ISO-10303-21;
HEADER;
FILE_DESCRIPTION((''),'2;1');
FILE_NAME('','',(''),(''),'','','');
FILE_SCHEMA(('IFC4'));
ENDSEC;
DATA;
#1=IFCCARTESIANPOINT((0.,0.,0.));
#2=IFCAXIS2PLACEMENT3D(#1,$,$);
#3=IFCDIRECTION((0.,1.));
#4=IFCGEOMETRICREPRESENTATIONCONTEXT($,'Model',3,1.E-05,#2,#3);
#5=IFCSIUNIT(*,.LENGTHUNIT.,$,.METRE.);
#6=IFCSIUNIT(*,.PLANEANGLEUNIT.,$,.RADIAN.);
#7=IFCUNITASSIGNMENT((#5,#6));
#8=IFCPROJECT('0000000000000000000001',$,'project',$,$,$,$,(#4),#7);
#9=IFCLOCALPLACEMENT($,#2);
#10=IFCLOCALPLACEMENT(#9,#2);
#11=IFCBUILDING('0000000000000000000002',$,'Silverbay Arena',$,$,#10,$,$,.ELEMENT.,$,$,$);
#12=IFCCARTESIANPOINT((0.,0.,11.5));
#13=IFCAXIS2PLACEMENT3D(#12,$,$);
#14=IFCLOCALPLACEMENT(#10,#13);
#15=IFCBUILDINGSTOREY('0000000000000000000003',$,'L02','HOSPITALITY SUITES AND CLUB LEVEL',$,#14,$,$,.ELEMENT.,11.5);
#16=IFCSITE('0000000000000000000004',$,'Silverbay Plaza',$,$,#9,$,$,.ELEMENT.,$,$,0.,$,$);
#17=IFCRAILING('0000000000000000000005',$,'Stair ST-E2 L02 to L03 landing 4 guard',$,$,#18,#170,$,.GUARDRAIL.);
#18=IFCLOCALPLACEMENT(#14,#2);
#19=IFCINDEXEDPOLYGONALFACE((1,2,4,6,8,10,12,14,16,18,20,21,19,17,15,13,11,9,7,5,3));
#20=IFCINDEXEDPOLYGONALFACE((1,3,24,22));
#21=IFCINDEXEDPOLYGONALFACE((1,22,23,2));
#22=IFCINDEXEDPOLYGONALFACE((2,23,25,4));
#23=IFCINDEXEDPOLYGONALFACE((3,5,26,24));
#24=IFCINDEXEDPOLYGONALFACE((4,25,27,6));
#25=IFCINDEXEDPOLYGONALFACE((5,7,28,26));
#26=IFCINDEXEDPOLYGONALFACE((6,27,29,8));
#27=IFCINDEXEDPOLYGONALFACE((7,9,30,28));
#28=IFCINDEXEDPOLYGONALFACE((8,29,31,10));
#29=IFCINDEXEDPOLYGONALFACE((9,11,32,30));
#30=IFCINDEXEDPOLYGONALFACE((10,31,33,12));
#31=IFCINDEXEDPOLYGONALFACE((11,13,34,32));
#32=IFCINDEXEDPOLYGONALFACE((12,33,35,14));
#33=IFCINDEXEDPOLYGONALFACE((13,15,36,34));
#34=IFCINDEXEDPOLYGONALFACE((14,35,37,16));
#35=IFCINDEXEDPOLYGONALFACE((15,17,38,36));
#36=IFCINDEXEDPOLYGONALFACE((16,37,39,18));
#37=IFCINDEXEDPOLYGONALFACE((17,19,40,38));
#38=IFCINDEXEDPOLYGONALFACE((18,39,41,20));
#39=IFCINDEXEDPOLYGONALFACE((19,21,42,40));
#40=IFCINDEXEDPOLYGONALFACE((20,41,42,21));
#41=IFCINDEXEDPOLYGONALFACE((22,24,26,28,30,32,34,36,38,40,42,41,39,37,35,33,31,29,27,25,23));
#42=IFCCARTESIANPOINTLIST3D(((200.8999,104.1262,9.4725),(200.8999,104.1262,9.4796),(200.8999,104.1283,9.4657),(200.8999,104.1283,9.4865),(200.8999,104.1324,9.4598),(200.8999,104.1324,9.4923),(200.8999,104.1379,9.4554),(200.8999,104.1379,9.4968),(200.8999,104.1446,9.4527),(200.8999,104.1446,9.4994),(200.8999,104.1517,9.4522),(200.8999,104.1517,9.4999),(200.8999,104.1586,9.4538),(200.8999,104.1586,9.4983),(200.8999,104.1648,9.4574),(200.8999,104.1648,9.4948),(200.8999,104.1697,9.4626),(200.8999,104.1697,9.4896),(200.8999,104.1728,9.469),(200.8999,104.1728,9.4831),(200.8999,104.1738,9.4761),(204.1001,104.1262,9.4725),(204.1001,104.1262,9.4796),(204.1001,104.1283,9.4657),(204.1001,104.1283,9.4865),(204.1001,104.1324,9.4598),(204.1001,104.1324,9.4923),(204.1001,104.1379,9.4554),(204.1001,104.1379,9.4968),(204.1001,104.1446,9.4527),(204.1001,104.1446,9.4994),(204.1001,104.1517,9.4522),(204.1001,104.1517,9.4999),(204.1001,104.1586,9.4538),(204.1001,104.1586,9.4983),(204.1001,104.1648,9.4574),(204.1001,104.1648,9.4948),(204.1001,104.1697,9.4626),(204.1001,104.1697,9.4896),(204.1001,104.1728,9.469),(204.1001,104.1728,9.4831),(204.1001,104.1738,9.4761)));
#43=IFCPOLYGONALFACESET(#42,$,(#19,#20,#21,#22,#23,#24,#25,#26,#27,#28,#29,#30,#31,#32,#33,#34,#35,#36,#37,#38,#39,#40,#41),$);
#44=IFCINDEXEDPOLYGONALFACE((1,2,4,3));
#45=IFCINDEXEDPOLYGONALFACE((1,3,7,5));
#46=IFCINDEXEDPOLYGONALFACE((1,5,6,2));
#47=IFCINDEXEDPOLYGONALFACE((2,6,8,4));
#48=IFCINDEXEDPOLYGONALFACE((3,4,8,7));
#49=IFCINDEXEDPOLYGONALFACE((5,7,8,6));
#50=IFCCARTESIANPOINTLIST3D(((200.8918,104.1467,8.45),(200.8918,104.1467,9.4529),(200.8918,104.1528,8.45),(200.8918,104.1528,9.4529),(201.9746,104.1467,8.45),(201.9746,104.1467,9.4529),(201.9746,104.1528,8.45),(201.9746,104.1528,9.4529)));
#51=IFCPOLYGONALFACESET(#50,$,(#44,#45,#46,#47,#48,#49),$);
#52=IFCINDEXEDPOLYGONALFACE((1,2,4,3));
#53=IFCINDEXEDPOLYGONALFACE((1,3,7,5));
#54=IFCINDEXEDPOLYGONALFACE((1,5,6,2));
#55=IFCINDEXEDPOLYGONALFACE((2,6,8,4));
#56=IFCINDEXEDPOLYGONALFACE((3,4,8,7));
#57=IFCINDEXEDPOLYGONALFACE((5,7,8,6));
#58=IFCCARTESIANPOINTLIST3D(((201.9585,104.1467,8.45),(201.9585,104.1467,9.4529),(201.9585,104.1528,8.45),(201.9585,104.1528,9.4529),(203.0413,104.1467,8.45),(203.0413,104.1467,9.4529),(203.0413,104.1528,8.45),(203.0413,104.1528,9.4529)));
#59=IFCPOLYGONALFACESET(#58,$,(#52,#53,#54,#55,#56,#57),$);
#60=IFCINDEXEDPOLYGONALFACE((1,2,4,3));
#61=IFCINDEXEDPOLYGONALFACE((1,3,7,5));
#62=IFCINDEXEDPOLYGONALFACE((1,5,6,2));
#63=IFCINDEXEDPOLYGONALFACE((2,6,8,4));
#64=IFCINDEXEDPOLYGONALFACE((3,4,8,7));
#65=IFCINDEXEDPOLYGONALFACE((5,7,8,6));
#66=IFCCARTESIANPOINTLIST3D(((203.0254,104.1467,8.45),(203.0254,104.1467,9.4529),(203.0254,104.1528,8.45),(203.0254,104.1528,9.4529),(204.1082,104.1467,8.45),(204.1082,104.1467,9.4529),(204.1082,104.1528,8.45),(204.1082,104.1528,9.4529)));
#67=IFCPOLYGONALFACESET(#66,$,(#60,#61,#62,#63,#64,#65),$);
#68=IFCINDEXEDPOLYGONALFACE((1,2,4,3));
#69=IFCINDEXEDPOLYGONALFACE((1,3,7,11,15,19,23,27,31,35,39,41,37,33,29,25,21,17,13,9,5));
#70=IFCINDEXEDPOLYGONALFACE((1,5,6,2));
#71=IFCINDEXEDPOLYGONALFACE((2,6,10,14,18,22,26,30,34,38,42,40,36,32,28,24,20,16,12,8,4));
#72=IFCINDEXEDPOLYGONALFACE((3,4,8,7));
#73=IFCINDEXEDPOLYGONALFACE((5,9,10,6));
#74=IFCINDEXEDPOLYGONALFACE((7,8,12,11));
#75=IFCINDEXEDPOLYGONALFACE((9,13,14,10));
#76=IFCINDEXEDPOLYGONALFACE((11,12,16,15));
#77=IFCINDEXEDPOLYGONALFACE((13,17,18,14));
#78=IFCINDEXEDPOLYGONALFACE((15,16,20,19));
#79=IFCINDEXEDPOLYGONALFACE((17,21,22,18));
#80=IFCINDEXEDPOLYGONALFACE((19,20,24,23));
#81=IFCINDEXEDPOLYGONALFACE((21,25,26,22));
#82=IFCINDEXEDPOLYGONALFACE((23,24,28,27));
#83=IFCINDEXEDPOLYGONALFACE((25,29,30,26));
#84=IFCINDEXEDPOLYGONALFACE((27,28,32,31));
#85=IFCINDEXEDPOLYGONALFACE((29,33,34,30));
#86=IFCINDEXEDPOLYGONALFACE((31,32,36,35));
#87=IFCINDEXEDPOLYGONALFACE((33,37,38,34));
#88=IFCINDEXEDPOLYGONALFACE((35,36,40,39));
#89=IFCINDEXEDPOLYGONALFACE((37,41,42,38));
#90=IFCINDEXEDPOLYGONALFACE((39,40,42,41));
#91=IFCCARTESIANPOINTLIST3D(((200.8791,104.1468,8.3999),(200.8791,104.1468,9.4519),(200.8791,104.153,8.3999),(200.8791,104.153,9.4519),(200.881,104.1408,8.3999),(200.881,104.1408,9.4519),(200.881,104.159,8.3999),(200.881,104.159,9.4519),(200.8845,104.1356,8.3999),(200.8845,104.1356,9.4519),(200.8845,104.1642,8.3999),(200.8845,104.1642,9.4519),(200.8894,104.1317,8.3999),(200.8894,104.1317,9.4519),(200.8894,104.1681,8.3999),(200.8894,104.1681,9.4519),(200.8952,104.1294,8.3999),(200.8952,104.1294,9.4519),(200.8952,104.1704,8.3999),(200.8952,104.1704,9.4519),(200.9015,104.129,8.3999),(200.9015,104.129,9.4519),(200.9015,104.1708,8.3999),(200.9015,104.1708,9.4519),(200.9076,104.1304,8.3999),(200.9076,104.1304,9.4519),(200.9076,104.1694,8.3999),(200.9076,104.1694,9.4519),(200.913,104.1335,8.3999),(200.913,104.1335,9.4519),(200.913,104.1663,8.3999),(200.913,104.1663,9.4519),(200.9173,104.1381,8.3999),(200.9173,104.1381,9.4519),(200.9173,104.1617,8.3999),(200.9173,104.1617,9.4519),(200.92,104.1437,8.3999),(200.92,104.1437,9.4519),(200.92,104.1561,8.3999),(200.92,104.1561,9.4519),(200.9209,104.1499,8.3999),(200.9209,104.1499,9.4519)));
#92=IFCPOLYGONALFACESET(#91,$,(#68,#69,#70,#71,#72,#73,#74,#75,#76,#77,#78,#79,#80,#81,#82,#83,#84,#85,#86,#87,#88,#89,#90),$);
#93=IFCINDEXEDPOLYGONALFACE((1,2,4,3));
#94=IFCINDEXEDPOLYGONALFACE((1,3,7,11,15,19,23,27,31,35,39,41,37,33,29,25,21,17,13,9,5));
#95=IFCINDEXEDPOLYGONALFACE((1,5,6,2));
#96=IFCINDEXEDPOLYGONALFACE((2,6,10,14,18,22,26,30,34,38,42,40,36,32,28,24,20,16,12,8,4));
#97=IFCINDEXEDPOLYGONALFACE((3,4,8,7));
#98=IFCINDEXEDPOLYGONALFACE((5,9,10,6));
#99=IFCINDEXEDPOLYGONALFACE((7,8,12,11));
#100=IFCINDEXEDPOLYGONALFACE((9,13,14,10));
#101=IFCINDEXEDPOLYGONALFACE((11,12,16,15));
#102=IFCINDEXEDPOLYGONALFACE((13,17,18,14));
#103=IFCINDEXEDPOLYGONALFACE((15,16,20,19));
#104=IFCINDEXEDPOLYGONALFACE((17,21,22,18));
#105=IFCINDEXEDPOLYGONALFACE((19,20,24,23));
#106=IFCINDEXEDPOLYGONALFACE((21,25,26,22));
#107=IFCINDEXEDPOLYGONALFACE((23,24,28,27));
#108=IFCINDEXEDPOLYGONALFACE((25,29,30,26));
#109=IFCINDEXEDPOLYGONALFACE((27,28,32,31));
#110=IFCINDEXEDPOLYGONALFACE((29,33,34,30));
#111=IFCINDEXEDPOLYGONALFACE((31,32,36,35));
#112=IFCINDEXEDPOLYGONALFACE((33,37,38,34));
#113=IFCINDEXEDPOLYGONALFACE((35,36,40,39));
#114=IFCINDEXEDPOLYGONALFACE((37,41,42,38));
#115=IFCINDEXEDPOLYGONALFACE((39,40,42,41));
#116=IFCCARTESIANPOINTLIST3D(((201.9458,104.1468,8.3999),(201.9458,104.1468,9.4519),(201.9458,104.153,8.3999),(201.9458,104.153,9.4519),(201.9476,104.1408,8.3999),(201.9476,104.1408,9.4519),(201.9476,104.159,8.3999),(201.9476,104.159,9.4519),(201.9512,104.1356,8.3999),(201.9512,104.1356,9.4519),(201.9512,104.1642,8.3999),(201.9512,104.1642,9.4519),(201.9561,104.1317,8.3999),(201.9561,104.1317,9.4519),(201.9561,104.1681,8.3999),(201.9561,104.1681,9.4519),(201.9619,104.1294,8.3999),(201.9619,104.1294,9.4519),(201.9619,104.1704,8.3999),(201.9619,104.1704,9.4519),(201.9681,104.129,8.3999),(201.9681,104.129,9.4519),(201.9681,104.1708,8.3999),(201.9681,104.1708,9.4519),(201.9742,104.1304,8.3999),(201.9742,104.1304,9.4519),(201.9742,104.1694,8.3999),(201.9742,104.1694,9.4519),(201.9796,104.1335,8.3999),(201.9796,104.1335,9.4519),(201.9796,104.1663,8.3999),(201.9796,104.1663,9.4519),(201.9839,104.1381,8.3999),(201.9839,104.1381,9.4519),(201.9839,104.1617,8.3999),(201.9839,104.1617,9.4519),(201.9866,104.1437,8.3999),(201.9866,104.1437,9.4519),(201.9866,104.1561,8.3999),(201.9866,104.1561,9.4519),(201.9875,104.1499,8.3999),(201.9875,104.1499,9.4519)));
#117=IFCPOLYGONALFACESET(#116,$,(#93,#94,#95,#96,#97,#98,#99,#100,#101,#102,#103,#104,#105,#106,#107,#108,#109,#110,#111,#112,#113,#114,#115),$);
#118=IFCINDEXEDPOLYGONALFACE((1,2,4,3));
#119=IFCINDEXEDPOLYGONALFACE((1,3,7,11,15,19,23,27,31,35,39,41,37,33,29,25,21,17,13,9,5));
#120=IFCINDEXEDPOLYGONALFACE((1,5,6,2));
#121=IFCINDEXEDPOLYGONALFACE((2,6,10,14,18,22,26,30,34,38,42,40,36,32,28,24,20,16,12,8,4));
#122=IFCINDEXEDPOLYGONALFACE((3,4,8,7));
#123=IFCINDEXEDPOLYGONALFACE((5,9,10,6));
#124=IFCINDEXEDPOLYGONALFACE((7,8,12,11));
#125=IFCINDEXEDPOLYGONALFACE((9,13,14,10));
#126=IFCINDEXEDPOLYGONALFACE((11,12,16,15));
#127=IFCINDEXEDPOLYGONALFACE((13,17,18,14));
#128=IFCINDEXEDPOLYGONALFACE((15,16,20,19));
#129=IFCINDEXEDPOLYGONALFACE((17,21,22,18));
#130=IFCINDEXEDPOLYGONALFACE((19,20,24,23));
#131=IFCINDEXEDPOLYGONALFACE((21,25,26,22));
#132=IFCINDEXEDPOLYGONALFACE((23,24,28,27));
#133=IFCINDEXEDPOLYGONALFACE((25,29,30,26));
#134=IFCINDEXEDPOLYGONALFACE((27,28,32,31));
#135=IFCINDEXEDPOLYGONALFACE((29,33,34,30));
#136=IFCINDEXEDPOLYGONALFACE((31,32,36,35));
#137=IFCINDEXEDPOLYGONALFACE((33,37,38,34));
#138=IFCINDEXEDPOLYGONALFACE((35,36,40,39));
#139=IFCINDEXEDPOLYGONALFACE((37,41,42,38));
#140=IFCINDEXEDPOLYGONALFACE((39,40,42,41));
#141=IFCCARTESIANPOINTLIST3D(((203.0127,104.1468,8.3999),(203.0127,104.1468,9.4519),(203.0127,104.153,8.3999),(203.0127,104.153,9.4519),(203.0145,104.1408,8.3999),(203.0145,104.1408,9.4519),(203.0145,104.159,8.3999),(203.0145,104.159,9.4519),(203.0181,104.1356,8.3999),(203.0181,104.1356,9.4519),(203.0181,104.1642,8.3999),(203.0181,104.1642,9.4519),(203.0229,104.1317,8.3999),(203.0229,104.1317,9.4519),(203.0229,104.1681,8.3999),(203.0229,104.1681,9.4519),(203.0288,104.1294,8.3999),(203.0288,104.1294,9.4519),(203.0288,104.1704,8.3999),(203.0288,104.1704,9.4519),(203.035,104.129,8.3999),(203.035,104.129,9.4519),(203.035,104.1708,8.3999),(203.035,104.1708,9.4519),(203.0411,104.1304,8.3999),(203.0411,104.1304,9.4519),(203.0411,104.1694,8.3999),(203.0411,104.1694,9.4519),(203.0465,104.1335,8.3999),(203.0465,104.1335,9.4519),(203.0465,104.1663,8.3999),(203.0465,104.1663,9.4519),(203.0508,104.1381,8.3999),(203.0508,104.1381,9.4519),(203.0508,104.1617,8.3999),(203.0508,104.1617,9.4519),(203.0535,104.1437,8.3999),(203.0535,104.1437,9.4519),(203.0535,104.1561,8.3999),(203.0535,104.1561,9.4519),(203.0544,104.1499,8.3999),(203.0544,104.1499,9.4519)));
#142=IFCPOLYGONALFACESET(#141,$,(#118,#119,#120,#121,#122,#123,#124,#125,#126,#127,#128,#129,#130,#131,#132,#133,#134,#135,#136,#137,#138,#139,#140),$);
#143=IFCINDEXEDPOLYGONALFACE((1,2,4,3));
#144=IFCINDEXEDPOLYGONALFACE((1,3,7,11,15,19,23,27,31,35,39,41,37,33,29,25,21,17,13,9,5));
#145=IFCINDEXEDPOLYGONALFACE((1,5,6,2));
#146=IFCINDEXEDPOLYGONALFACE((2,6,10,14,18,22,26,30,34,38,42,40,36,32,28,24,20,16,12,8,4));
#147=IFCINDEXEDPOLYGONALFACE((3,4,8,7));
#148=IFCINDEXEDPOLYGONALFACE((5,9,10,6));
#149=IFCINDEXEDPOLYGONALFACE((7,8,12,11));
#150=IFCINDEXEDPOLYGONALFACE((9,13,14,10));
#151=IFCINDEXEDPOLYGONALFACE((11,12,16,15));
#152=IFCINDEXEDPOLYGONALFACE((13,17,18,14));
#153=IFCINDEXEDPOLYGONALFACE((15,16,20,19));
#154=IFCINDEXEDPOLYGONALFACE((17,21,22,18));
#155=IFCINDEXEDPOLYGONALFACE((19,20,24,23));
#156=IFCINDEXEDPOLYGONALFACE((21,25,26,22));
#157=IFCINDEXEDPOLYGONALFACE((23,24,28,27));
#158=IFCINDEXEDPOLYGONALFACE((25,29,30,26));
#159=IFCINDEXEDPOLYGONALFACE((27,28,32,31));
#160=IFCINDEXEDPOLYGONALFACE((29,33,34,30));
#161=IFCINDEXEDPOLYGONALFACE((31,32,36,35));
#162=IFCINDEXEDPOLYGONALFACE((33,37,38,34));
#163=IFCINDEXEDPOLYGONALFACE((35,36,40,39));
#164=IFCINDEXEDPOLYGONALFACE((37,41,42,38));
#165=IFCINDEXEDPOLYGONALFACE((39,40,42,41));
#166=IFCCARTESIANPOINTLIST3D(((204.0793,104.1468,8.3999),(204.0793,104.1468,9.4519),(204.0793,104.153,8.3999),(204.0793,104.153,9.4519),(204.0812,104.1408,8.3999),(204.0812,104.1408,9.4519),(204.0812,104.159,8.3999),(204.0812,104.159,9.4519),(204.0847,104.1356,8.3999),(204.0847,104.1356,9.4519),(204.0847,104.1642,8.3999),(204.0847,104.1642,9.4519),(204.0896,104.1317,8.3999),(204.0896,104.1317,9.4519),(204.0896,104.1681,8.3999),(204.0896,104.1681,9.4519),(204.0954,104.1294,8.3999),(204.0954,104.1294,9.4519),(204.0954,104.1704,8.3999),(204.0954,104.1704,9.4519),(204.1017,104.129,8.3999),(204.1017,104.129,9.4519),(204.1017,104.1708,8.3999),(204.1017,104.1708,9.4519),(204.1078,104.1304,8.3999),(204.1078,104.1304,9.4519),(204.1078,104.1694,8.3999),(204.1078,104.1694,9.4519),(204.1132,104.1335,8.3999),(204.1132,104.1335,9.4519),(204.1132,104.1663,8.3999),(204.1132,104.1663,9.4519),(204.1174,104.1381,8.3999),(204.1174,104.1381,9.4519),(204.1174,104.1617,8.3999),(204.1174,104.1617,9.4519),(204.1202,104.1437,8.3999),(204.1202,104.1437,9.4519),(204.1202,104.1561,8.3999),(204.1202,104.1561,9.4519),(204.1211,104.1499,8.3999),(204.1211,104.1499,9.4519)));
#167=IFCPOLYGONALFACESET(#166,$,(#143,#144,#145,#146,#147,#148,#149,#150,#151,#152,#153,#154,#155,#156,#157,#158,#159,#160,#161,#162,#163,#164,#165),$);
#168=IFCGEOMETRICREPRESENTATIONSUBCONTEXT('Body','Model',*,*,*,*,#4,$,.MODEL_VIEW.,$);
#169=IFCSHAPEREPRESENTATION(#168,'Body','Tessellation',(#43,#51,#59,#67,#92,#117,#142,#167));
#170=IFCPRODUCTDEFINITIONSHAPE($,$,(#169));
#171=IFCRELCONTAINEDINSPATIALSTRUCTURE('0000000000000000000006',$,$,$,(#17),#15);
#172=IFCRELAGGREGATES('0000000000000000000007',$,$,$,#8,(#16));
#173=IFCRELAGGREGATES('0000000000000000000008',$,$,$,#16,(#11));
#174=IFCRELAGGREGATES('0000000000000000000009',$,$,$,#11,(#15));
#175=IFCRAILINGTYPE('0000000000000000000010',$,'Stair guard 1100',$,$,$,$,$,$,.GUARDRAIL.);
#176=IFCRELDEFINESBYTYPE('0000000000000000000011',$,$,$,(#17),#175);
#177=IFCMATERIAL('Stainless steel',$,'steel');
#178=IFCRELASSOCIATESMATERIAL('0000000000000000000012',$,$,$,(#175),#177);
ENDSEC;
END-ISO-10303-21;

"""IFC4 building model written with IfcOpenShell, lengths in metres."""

from ifc_helpers import new_model, si_unit, direction, frame, origin, origin_2d, place, context, subcontext, project, spatial, polyline, circle, outline, extrude, material, type_object, element, save


model = new_model("IFC4")

# Units and contexts
model_context = context("Model", 3, precision=1e-05, world=origin(), true_north=direction((0.0, 1.0)))
body_context = subcontext(model_context, "Body", "Model", "MODEL_VIEW")
ifc_project = project(units=[si_unit("LENGTHUNIT", "METRE"), si_unit("PLANEANGLEUNIT", "RADIAN")], contexts=[model_context])

# Site, building, storey
site_placement = place(None, origin())
site = spatial("IfcSite", under=ifc_project, at=site_placement, Name="Silverbay Plaza", CompositionType="ELEMENT", RefElevation=0.0)
building_placement = place(site_placement, origin())
building = spatial("IfcBuilding", under=site, at=building_placement, Name="Silverbay Arena", CompositionType="ELEMENT")
storey_placement = place(building_placement, frame((0.0, 0.0, 11.5)))
storey = spatial("IfcBuildingStorey", under=building, at=storey_placement, Name="L02", Description="HOSPITALITY SUITES AND CLUB LEVEL", CompositionType="ELEMENT", Elevation=11.5)

# Railing
ifc_material_1 = material(Name="Stainless steel", Category="steel")
railing_type_1 = type_object("IfcRailingType", Name="Stair guard 1100", PredefinedType="GUARDRAIL", material=ifc_material_1)
for number, where, name in (
    (1, (200.8999, 104.1499, 8.3999), "Stair ST-E2 L02 to L03 landing 4 guard"),
):
    element("IfcRailing", number, at=place(storey_placement, frame(where)), inside=storey, type_object=railing_type_1, Name=name, PredefinedType="GUARDRAIL", context=body_context, shape_type="SweptSolid", body=[
        extrude(circle(Radius=0.0239, at=origin_2d()), frame((0.0, 0.0, 1.0762), z_axis=(1.0, 0.0, 0.0), x_axis=(0.0, 1.0, 0.0)), (0.0, 0.0, 1.0), 3.2002),
        extrude(outline(polyline([(-0.0081, 0.05), (1.0747, 0.05), (1.0747, 1.053), (-0.0081, 1.053), (-0.0081, 0.05)])), frame((0.0, 0.0029, 0.0), z_axis=(0.0, -1.0, 0.0), x_axis=(1.0, 0.0, 0.0)), (0.0, 0.0, 1.0), 0.0061),
        extrude(outline(polyline([(-0.0081, 0.05), (1.0747, 0.05), (1.0747, 1.053), (-0.0081, 1.053), (-0.0081, 0.05)])), frame((1.0667, 0.0029, 0.0), z_axis=(0.0, -1.0, 0.0), x_axis=(1.0, 0.0, 0.0)), (0.0, 0.0, 1.0), 0.0061),
        extrude(outline(polyline([(-0.0081, 0.05), (1.0747, 0.05), (1.0747, 1.053), (-0.0081, 1.053), (-0.0081, 0.05)])), frame((2.1335, 0.0029, 0.0), z_axis=(0.0, -1.0, 0.0), x_axis=(1.0, 0.0, 0.0)), (0.0, 0.0, 1.0), 0.0061),
        extrude(circle(Radius=0.021, at=origin_2d()), origin(), (0.0, 0.0, 1.0), 1.052),
        extrude(circle(Radius=0.021, at=origin_2d()), frame((1.0667, 0.0, 0.0)), (0.0, 0.0, 1.0), 1.052),
        extrude(circle(Radius=0.021, at=origin_2d()), frame((2.1335, 0.0, 0.0)), (0.0, 0.0, 1.0), 1.052),
        extrude(circle(Radius=0.021, at=origin_2d()), frame((3.2002, 0.0, 0.0)), (0.0, 0.0, 1.0), 1.052),
    ])

save(model, "model.ifc")
